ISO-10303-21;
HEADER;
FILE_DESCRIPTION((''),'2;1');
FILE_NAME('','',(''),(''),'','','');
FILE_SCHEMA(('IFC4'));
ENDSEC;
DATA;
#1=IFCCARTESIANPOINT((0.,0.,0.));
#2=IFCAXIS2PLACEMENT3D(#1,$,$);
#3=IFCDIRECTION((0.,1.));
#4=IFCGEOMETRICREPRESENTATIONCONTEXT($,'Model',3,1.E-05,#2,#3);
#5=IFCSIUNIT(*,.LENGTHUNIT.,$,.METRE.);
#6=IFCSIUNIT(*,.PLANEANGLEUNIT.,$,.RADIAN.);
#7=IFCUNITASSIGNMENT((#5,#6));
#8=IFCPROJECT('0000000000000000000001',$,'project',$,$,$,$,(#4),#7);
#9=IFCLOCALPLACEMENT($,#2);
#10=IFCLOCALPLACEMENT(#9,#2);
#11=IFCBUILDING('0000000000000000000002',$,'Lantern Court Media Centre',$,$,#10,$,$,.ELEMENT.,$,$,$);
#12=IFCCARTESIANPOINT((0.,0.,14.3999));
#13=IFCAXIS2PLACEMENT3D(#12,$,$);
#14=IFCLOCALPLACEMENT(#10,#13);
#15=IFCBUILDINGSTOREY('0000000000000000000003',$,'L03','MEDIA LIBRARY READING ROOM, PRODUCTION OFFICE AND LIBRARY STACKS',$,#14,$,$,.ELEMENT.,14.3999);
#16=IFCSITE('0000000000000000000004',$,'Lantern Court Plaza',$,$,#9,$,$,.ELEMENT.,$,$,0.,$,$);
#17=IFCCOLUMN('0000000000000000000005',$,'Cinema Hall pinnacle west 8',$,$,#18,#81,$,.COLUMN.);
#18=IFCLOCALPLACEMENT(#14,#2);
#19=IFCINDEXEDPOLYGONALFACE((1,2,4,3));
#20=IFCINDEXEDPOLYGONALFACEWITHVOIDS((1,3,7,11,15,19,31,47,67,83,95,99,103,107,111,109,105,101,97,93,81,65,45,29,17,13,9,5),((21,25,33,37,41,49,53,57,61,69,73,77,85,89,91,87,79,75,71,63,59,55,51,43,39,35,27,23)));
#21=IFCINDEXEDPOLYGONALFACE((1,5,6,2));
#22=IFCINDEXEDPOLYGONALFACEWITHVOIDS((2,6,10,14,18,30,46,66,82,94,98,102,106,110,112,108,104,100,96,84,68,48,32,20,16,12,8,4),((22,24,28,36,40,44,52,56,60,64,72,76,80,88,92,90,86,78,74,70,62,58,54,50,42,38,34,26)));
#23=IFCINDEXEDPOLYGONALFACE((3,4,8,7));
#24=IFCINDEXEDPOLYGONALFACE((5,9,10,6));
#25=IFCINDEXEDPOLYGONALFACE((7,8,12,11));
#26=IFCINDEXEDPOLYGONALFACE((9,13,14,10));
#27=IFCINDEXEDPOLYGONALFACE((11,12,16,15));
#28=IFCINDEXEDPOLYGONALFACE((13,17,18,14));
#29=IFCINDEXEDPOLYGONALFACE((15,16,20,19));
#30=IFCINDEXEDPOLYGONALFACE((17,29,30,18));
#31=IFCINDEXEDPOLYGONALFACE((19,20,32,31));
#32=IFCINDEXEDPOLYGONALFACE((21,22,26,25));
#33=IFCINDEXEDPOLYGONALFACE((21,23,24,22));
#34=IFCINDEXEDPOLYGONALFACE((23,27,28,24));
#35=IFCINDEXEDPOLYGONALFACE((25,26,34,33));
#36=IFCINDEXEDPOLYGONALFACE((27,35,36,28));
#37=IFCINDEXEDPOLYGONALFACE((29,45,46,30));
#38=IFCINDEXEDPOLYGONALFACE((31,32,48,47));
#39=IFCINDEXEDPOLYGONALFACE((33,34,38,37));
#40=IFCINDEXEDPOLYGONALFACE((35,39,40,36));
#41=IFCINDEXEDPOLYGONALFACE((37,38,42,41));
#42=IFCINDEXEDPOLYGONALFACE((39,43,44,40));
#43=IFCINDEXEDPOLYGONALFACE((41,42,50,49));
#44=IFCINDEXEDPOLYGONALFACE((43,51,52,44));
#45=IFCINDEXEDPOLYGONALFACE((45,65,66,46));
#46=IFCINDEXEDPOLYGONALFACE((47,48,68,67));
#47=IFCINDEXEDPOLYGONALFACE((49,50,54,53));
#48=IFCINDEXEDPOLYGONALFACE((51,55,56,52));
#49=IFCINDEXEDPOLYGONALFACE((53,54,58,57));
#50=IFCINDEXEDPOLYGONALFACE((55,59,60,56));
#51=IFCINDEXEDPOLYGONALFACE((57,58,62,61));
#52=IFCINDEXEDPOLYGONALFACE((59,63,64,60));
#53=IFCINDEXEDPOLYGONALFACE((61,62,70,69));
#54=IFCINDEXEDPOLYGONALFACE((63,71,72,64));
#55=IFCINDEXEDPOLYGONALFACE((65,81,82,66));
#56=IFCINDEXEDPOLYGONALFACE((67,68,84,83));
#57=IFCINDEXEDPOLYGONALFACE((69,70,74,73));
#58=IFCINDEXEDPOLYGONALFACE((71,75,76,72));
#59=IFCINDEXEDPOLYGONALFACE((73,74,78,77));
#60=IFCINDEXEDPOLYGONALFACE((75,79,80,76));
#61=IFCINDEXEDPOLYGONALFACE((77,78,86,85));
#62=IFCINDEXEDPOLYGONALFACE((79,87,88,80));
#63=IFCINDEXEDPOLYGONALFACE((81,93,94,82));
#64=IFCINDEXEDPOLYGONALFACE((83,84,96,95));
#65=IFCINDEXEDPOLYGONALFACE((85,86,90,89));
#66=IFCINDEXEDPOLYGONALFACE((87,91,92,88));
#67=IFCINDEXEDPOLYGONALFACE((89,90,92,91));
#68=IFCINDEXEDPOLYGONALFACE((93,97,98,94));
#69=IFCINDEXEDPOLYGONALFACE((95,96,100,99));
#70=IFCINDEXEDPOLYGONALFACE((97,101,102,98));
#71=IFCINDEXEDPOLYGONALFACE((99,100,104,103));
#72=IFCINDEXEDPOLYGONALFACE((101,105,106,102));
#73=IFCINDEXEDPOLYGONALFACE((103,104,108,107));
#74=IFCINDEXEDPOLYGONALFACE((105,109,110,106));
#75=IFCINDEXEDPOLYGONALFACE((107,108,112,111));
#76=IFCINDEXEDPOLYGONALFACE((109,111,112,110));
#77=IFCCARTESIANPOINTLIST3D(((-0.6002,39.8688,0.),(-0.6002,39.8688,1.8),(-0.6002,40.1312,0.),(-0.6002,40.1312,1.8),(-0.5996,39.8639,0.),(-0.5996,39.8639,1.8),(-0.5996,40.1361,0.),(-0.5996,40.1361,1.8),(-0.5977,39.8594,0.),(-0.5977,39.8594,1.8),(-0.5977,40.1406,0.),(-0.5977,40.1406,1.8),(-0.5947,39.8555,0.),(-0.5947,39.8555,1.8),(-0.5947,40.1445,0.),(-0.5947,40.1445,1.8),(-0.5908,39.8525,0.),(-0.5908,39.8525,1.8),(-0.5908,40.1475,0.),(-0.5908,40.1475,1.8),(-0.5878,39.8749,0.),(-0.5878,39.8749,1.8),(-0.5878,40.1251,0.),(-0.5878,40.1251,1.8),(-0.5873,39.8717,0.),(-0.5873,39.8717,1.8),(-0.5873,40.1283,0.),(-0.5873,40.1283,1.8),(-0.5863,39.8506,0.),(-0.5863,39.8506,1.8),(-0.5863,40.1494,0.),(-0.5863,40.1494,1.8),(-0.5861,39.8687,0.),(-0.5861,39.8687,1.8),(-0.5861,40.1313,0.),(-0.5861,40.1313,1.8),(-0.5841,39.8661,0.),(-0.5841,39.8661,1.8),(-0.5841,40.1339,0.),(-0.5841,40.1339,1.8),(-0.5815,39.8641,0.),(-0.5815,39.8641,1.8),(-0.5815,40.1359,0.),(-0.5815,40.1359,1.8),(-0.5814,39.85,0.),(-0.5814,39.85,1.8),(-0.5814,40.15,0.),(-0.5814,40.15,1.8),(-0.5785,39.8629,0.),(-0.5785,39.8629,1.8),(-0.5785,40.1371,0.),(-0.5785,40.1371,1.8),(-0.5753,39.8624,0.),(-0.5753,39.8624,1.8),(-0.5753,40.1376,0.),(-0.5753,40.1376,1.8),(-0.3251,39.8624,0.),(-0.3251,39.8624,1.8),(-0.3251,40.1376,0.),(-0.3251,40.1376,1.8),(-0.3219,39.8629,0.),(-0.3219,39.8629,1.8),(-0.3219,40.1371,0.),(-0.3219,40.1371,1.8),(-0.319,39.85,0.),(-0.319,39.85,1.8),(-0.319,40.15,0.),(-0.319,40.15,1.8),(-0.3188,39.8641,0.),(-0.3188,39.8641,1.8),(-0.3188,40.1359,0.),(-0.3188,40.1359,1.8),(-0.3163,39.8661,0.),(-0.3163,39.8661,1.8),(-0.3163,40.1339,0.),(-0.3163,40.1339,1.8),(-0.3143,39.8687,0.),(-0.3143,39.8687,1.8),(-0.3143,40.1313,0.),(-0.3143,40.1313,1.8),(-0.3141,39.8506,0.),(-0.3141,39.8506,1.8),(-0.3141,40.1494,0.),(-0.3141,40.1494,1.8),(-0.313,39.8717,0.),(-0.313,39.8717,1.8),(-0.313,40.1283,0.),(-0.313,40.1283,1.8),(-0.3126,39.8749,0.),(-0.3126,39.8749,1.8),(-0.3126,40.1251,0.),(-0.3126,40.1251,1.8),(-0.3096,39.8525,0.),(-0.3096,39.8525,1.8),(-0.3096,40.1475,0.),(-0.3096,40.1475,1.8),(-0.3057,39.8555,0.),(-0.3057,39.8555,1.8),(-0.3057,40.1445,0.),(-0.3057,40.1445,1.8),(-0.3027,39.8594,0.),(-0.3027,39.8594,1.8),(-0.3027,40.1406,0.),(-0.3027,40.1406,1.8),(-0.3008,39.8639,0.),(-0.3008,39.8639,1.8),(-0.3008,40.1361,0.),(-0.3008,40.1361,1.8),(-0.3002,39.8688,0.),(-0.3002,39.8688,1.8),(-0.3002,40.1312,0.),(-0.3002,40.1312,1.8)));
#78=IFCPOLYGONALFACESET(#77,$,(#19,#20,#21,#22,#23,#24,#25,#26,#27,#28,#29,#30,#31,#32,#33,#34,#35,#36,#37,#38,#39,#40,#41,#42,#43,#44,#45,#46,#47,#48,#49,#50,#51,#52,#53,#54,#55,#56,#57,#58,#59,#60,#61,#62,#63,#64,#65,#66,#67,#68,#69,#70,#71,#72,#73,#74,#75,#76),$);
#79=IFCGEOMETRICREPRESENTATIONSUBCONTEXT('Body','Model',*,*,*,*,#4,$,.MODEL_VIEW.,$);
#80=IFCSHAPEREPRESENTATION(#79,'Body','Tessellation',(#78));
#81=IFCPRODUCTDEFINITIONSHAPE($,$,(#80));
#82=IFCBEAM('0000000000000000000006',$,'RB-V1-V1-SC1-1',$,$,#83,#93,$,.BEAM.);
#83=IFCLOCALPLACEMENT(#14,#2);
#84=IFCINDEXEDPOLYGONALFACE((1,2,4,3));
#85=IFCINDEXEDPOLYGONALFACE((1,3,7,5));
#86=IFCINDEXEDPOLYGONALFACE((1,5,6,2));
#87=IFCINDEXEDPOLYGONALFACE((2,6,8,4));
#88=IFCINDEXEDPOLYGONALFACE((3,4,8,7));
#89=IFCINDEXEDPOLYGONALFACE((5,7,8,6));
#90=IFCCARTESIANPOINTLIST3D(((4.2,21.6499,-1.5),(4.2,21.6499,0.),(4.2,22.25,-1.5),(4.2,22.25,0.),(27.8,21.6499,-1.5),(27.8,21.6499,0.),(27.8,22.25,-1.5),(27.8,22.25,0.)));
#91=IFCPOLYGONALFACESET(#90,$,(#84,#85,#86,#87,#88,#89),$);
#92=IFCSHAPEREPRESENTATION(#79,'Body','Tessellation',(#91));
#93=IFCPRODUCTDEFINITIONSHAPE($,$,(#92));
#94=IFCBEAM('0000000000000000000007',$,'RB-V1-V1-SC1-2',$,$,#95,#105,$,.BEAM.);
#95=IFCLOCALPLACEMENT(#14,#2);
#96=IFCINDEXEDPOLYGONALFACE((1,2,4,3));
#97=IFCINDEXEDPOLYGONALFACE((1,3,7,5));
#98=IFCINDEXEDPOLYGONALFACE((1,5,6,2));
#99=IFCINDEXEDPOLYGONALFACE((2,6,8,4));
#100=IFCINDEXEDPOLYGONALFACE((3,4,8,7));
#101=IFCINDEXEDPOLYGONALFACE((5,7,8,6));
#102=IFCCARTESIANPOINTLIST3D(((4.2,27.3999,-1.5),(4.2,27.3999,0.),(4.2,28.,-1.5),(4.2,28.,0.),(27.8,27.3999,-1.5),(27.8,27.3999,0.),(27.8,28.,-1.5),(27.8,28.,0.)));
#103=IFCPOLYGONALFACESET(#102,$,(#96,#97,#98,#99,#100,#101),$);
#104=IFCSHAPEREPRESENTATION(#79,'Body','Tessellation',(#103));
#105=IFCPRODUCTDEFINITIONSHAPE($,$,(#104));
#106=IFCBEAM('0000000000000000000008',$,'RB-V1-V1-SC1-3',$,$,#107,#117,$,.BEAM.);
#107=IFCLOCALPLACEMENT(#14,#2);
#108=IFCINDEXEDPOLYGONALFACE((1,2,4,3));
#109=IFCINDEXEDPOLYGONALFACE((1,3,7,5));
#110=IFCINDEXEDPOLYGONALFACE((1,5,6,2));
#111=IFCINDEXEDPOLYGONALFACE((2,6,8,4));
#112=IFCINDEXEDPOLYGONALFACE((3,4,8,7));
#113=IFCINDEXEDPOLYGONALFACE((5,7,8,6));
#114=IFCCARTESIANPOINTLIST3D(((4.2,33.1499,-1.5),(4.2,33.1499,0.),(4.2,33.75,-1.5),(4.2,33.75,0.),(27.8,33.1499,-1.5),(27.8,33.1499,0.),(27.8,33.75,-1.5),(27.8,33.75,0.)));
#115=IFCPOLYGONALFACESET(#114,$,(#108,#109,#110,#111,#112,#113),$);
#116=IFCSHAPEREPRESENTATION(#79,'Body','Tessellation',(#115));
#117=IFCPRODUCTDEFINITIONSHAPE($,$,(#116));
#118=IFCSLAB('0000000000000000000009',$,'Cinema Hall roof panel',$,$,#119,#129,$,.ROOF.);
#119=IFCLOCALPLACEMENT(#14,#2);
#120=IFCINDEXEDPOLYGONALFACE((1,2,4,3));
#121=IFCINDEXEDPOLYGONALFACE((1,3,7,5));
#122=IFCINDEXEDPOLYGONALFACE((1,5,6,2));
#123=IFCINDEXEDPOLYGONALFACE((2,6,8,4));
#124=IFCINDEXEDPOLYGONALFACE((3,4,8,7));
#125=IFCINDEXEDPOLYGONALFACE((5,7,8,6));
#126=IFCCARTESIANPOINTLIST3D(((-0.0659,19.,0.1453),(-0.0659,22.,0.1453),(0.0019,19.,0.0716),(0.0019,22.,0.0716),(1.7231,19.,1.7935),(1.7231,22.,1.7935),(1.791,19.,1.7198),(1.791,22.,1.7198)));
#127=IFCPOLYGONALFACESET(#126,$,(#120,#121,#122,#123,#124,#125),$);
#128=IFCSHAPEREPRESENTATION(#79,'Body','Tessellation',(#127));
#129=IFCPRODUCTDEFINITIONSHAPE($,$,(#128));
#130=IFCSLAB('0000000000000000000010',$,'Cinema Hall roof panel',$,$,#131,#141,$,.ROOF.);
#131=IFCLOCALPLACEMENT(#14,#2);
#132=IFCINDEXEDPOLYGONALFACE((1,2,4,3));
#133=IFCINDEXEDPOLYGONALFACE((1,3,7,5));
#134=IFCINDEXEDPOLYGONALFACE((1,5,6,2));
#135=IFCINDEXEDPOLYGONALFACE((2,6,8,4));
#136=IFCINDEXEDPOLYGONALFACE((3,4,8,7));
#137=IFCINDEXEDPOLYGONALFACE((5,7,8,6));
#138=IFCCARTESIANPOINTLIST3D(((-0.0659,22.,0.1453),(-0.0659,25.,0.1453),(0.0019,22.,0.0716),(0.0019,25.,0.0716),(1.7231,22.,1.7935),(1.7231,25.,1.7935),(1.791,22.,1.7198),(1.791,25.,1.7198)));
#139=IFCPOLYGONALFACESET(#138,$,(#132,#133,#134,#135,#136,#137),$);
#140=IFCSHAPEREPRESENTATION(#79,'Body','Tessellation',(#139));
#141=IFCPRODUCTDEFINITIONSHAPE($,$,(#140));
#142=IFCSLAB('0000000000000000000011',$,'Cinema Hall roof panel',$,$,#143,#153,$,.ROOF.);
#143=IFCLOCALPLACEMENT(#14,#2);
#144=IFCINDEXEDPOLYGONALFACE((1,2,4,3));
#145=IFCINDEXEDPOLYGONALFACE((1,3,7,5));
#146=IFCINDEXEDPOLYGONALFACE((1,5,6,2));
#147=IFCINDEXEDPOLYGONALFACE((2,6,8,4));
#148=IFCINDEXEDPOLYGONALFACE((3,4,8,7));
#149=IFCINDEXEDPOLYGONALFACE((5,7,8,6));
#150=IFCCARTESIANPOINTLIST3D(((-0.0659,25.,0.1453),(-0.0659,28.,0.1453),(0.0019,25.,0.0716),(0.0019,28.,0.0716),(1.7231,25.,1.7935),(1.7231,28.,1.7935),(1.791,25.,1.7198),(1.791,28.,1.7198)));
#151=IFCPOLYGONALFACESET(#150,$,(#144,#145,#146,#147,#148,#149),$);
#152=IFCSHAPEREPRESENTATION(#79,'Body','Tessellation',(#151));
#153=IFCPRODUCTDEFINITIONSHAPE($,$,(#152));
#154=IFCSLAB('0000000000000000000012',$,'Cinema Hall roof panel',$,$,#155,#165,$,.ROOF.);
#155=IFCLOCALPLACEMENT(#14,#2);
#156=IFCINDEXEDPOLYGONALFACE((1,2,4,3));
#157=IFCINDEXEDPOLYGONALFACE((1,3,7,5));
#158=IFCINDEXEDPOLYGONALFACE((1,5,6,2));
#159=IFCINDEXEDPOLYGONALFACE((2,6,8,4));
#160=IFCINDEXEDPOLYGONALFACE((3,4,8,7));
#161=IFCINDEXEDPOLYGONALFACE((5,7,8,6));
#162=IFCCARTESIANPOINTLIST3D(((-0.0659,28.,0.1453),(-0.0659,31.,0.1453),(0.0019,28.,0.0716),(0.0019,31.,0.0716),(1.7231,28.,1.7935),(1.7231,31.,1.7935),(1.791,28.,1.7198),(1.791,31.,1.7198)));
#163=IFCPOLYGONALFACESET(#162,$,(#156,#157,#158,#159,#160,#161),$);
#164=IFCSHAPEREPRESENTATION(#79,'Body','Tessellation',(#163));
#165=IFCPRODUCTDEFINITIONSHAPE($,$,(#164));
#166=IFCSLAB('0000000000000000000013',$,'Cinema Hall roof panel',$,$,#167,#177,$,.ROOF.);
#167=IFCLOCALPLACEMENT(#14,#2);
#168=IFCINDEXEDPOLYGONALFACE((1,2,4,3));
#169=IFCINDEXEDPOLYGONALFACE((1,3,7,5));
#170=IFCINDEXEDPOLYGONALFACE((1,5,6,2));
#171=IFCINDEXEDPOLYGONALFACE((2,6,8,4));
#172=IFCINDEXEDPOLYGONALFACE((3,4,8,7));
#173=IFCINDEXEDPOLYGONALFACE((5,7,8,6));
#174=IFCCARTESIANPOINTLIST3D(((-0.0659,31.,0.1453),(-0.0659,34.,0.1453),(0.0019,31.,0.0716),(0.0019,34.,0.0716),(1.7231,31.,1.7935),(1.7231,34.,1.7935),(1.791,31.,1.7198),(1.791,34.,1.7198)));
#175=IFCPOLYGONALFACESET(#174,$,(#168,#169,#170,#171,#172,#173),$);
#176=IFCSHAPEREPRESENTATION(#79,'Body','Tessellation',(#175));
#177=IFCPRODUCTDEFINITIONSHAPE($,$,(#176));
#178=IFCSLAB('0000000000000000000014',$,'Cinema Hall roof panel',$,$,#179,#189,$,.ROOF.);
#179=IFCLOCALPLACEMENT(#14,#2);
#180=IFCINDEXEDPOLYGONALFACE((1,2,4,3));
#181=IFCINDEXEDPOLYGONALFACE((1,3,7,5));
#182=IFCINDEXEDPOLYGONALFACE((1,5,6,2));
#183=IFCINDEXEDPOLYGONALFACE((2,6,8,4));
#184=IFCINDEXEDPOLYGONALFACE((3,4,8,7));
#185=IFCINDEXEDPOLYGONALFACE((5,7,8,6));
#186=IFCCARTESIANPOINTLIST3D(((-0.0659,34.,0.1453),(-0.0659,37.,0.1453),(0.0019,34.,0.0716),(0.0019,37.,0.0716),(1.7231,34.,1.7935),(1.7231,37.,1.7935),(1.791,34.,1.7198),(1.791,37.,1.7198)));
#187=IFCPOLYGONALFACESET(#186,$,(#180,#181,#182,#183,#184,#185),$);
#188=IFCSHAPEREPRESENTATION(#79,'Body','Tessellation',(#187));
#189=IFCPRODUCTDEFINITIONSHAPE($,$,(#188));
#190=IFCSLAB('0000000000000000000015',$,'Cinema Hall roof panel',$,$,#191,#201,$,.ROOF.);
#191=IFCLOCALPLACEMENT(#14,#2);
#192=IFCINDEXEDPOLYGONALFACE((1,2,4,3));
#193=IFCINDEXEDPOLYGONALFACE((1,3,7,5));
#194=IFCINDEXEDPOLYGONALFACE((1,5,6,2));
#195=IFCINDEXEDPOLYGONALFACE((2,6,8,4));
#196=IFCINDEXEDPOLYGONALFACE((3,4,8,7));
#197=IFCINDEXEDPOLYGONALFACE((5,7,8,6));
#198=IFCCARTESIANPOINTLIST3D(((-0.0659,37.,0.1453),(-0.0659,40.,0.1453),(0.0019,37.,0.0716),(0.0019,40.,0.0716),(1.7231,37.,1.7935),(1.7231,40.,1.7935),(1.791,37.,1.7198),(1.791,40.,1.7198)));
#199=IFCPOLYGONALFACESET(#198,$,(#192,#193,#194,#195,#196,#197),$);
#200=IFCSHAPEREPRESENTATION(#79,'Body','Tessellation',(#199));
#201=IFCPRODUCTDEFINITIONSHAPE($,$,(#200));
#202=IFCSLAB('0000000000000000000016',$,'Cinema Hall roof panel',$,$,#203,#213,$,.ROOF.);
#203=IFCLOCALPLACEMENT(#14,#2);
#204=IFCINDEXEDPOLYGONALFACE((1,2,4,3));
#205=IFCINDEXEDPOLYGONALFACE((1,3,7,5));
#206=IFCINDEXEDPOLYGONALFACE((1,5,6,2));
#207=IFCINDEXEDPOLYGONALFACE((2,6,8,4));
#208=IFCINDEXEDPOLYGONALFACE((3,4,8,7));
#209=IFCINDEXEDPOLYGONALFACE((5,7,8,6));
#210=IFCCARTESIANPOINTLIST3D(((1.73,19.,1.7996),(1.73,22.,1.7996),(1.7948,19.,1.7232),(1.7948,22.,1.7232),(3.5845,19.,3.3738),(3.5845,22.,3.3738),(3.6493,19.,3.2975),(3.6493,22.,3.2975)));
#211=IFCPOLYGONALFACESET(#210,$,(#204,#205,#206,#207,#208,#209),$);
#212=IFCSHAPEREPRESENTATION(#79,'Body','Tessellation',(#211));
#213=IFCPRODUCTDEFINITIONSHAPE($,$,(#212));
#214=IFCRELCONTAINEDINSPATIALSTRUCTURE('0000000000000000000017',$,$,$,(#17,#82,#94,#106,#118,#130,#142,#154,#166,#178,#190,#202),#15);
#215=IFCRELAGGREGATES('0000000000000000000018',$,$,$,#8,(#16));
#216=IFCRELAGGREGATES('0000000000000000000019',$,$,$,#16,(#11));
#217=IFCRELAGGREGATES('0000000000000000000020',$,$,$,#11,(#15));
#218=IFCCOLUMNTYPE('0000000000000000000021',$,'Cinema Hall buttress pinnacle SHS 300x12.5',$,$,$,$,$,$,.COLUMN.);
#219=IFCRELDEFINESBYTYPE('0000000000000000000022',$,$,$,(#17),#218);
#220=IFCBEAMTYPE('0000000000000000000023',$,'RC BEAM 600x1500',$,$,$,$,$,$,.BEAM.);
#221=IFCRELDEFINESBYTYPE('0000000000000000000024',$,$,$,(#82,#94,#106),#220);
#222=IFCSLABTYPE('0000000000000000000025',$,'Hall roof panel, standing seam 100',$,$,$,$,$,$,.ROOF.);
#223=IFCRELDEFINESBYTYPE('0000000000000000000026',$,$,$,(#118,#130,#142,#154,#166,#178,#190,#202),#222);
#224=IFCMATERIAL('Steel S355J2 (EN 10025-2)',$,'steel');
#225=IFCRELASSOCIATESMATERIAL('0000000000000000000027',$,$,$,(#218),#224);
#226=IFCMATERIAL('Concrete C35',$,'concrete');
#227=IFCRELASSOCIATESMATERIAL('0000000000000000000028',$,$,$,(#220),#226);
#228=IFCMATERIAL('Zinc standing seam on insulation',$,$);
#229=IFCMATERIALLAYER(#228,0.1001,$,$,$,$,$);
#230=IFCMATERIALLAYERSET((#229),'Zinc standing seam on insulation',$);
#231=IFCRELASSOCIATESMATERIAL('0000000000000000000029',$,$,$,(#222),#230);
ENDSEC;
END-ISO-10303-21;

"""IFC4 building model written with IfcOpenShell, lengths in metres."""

from ifc_helpers import new_model, si_unit, direction, frame, origin, origin_2d, place, context, subcontext, project, spatial, polyline, rectangle, hollow_rectangle, outline, extrude, material, layer, layer_set, material_profile, profile_set, type_object, element, save


model = new_model("IFC4")

# Units and contexts
model_context = context("Model", 3, precision=1e-05, world=origin(), true_north=direction((0.0, 1.0)))
body_context = subcontext(model_context, "Body", "Model", "MODEL_VIEW")
ifc_project = project(units=[si_unit("LENGTHUNIT", "METRE"), si_unit("PLANEANGLEUNIT", "RADIAN")], contexts=[model_context])

# Site, building, storey
site_placement = place(None, origin())
site = spatial("IfcSite", under=ifc_project, at=site_placement, Name="Lantern Court Plaza", CompositionType="ELEMENT", RefElevation=0.0)
building_placement = place(site_placement, origin())
building = spatial("IfcBuilding", under=site, at=building_placement, Name="Lantern Court Media Centre", CompositionType="ELEMENT")
storey_placement = place(building_placement, frame((0.0, 0.0, 14.3999)))
storey = spatial("IfcBuildingStorey", under=building, at=storey_placement, Name="L03", Description="MEDIA LIBRARY READING ROOM, PRODUCTION OFFICE AND LIBRARY STACKS", CompositionType="ELEMENT", Elevation=14.3999)

# Column
ifc_material_1 = material(Name="Steel S355J2 (EN 10025-2)", Category="steel")
ifc_material_profile_1 = material_profile(ifc_material_1, hollow_rectangle(XDim=0.3, YDim=0.3, WallThickness=0.0125, InnerFilletRadius=0.0125, OuterFilletRadius=0.0188, at=origin_2d()), Name="Cinema Hall buttress pinnacle SHS 300x12.5")
ifc_profile_set_1 = profile_set([ifc_material_profile_1], Name="Steel S355J2 (EN 10025-2)")
column_type = type_object("IfcColumnType", Name="Cinema Hall buttress pinnacle SHS 300x12.5", PredefinedType="COLUMN", material=ifc_profile_set_1)
for number, where, z_axis, x_axis, name in (
    (1, (-0.4502, 40.0, 0.0), (0.0, 0.0, 1.0), (1.0, 0.0, 0.0), "Cinema Hall pinnacle west 8"),
):
    element("IfcColumn", number, at=place(storey_placement, frame(where, z_axis=z_axis, x_axis=x_axis)), inside=storey, type_object=column_type, Name=name, PredefinedType="COLUMN", context=body_context, shape_type="SweptSolid", body=[
        extrude(hollow_rectangle(XDim=0.3, YDim=0.3, WallThickness=0.0125, InnerFilletRadius=0.0125, OuterFilletRadius=0.0188, at=origin_2d()), origin(), (0.0, 0.0, 1.0), 1.8),
    ])

# Beams
ifc_material_2 = material(Name="Concrete C35", Category="concrete")
ifc_material_profile_2 = material_profile(ifc_material_2, rectangle(XDim=0.6001, YDim=1.5, at=origin_2d()), Name="RC 600x1500")
ifc_profile_set_2 = profile_set([ifc_material_profile_2], Name="Concrete C35")
beam_type = type_object("IfcBeamType", Name="RC BEAM 600x1500", PredefinedType="BEAM", material=ifc_profile_set_2)
for number, where, z_axis, x_axis, name in (
    (2, (4.2, 21.95, -0.75), (1.0, 0.0, 0.0), (0.0, 1.0, 0.0), "RB-V1-V1-SC1-1"),
    (3, (4.2, 27.7, -0.75), (1.0, 0.0, 0.0), (0.0, 1.0, 0.0), "RB-V1-V1-SC1-2"),
    (4, (4.2, 33.45, -0.75), (1.0, 0.0, 0.0), (0.0, 1.0, 0.0), "RB-V1-V1-SC1-3"),
):
    element("IfcBeam", number, at=place(storey_placement, frame(where, z_axis=z_axis, x_axis=x_axis)), inside=storey, type_object=beam_type, Name=name, PredefinedType="BEAM", context=body_context, shape_type="SweptSolid", body=[
        extrude(rectangle(XDim=0.6001, YDim=1.5, at=origin_2d()), origin(), (0.0, 0.0, 1.0), 23.6001),
    ])

# Slabs
ifc_material_3 = material(Name="Zinc standing seam on insulation")
ifc_layer_1 = layer(ifc_material_3, 0.1001)
ifc_layer_set_1 = layer_set([ifc_layer_1], Name="Zinc standing seam on insulation")
slab_type = type_object("IfcSlabType", Name="Hall roof panel, standing seam 100", PredefinedType="ROOF", material=ifc_layer_set_1)
for number, where, z_axis, x_axis, name in (
    (5, (-0.0659, 19.0, 0.1453), (-0.677559, 0.0, 0.735469), (0.735469, 0.0, 0.677559), "Cinema Hall roof panel"),
    (6, (-0.0659, 22.0, 0.1453), (-0.677559, 0.0, 0.735469), (0.735469, 0.0, 0.677559), "Cinema Hall roof panel"),
    (7, (-0.0659, 25.0, 0.1453), (-0.677559, 0.0, 0.735469), (0.735469, 0.0, 0.677559), "Cinema Hall roof panel"),
    (8, (-0.0659, 28.0, 0.1453), (-0.677559, 0.0, 0.735469), (0.735469, 0.0, 0.677559), "Cinema Hall roof panel"),
    (9, (-0.0659, 31.0, 0.1453), (-0.677559, 0.0, 0.735469), (0.735469, 0.0, 0.677559), "Cinema Hall roof panel"),
    (10, (-0.0659, 34.0, 0.1453), (-0.677559, 0.0, 0.735469), (0.735469, 0.0, 0.677559), "Cinema Hall roof panel"),
    (11, (-0.0659, 37.0, 0.1453), (-0.677559, 0.0, 0.735469), (0.735469, 0.0, 0.677559), "Cinema Hall roof panel"),
):
    element("IfcSlab", number, at=place(storey_placement, frame(where, z_axis=z_axis, x_axis=x_axis)), inside=storey, type_object=slab_type, Name=name, PredefinedType="ROOF", context=body_context, shape_type="SweptSolid", body=[
        extrude(outline(polyline([(0.0, 0.0), (2.4325, 0.0), (2.4325, 3.0), (0.0, 3.0), (0.0, 0.0)])), origin(), (0.0, 0.0, -1.0), 0.1001),
    ])
for number, where, z_axis, x_axis, name in (
    (12, (1.73, 19.0, 1.7996), (-0.647147, 0.0, 0.762365), (0.762365, 0.0, 0.647147), "Cinema Hall roof panel"),
):
    element("IfcSlab", number, at=place(storey_placement, frame(where, z_axis=z_axis, x_axis=x_axis)), inside=storey, type_object=slab_type, Name=name, PredefinedType="ROOF", context=body_context, shape_type="SweptSolid", body=[
        extrude(outline(polyline([(0.0, 0.0), (2.4326, 0.0), (2.4326, 3.0), (0.0, 3.0), (0.0, 0.0)])), origin(), (0.0, 0.0, -1.0), 0.1001),
    ])

save(model, "model.ifc")
